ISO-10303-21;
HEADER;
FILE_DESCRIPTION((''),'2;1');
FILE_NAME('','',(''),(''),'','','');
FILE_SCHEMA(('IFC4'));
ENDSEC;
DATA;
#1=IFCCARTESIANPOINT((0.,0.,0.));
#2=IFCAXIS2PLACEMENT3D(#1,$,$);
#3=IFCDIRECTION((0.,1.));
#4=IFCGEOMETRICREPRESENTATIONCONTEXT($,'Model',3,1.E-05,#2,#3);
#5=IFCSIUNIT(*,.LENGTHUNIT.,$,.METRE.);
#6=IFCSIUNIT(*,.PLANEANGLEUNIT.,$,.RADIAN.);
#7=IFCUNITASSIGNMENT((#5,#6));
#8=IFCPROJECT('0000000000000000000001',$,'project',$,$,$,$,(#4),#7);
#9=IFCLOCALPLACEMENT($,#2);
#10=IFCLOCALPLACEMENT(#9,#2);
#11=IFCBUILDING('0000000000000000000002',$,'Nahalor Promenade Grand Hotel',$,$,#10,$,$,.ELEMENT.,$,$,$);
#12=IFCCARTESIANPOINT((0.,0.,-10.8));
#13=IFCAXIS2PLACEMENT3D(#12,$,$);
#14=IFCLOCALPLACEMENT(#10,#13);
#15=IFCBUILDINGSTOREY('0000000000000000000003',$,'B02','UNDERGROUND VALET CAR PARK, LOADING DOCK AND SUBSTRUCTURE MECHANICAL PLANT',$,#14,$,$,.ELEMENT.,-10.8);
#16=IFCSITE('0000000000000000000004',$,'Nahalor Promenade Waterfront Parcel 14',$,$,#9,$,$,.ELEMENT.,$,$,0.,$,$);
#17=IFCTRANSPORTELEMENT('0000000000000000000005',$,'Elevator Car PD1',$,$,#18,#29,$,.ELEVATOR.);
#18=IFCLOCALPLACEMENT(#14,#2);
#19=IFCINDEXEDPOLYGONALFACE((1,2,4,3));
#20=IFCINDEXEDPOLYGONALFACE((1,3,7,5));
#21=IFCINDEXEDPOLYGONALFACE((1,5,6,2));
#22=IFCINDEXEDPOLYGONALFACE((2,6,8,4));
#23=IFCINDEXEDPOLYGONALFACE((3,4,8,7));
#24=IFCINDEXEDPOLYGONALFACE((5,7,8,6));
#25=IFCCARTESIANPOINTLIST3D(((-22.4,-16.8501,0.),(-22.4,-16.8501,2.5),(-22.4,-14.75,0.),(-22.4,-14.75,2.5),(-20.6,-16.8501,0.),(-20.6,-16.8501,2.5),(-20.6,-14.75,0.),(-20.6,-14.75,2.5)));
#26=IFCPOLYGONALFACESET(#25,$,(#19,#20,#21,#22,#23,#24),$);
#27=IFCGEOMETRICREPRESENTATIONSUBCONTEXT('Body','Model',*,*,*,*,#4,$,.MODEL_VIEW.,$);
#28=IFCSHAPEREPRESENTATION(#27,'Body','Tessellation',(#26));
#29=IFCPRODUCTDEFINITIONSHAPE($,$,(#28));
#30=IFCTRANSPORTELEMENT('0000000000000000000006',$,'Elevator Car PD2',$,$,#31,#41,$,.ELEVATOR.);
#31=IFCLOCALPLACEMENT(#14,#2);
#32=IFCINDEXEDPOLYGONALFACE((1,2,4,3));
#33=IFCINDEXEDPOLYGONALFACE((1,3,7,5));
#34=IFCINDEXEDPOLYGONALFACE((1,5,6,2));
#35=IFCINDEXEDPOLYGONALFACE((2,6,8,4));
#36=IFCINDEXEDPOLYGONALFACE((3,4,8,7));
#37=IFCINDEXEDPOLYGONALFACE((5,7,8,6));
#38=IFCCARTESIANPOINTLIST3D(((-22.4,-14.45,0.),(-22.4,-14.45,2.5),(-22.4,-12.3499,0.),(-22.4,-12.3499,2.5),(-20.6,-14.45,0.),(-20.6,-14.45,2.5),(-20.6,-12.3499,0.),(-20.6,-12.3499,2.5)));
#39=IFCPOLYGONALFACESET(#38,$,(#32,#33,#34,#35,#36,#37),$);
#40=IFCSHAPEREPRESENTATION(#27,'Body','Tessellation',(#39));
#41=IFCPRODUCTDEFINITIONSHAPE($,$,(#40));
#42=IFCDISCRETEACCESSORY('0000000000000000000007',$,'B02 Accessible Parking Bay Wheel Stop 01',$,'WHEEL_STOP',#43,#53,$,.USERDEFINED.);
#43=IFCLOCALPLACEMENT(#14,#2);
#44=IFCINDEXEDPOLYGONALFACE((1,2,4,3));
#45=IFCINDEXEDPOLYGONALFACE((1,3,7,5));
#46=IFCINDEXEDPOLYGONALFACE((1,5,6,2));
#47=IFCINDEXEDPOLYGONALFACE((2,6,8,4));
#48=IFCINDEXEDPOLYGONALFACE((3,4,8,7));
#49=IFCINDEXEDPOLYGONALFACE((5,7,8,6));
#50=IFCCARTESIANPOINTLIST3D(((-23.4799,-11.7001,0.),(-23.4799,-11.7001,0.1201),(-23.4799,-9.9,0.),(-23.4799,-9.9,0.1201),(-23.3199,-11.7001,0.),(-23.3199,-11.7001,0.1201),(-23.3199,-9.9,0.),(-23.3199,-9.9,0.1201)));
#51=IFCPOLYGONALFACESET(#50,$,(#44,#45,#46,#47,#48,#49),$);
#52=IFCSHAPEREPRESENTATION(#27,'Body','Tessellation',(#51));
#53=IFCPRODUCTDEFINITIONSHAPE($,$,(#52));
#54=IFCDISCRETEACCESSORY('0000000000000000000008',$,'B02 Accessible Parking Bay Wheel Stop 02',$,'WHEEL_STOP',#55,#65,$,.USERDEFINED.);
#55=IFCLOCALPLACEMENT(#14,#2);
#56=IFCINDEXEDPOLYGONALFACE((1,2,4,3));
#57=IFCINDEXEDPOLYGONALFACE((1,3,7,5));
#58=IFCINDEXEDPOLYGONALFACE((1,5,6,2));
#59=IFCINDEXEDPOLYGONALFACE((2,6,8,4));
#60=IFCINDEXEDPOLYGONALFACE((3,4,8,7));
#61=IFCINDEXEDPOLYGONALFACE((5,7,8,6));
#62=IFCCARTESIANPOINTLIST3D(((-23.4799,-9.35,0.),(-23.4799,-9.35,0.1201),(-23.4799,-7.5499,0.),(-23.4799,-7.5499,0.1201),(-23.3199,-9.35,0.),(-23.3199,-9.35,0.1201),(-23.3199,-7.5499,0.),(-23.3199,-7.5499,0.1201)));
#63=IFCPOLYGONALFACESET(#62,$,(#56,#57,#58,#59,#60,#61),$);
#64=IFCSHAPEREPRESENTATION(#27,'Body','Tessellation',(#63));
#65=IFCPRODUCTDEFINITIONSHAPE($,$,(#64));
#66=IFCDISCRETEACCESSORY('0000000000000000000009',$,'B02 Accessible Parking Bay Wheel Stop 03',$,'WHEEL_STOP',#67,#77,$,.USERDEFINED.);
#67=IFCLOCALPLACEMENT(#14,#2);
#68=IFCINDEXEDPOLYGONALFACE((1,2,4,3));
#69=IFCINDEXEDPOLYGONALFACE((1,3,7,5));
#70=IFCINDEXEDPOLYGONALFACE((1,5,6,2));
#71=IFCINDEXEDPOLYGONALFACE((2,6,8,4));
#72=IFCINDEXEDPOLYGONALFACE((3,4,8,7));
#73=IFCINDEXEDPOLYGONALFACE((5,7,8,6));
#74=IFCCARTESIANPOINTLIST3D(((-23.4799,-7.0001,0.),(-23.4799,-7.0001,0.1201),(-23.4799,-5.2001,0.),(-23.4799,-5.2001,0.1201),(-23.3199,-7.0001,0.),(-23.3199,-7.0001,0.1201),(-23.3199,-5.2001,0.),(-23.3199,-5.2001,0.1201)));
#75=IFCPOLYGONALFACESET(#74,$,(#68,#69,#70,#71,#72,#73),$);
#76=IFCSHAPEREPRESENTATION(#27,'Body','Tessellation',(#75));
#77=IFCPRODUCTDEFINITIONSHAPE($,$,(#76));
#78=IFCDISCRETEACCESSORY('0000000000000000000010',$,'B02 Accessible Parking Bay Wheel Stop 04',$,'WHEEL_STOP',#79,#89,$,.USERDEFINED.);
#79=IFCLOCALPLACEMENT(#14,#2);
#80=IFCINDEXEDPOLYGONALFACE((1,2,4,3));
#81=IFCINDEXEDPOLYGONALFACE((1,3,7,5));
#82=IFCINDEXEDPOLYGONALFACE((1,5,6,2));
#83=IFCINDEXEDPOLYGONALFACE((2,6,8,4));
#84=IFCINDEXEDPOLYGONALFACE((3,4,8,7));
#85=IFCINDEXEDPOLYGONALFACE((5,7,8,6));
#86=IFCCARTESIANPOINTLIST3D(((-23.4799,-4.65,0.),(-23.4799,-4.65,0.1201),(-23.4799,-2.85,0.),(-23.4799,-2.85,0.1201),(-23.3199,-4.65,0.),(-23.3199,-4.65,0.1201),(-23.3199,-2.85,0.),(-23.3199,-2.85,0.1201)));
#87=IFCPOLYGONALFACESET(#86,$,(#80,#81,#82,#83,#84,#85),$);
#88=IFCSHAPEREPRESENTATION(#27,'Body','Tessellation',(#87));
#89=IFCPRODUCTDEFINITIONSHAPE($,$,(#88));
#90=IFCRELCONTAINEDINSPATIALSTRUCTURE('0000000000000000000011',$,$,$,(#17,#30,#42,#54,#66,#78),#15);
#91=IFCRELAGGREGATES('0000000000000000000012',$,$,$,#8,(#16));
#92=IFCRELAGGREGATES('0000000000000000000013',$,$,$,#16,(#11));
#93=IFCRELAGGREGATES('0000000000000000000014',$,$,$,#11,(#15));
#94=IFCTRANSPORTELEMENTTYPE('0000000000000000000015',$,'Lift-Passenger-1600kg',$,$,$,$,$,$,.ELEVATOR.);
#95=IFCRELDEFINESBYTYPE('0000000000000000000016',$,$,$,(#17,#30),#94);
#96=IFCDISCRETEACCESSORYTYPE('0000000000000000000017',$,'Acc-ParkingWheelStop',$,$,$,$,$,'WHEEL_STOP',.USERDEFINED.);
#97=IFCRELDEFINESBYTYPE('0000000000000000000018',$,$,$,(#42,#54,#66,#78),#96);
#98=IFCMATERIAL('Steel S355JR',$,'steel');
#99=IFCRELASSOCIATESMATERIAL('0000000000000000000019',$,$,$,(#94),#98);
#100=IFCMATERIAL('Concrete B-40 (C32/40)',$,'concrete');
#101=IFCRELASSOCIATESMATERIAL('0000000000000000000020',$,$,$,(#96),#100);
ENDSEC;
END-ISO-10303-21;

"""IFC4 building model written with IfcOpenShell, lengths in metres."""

from ifc_helpers import new_model, si_unit, direction, frame, origin, origin_2d, place, context, subcontext, project, spatial, rectangle, extrude, source, transform, mapped, material, type_object, element, save


model = new_model("IFC4")

# Units and contexts
model_context = context("Model", 3, precision=1e-05, world=origin(), true_north=direction((0.0, 1.0)))
body_context = subcontext(model_context, "Body", "Model", "MODEL_VIEW")
ifc_project = project(units=[si_unit("LENGTHUNIT", "METRE"), si_unit("PLANEANGLEUNIT", "RADIAN")], contexts=[model_context])

# Site, building, storey
site_placement = place(None, origin())
site = spatial("IfcSite", under=ifc_project, at=site_placement, Name="Nahalor Promenade Waterfront Parcel 14", CompositionType="ELEMENT", RefElevation=0.0)
building_placement = place(site_placement, origin())
building = spatial("IfcBuilding", under=site, at=building_placement, Name="Nahalor Promenade Grand Hotel", CompositionType="ELEMENT")
storey_placement = place(building_placement, frame((0.0, 0.0, -10.8)))
storey = spatial("IfcBuildingStorey", under=building, at=storey_placement, Name="B02", Description="UNDERGROUND VALET CAR PARK, LOADING DOCK AND SUBSTRUCTURE MECHANICAL PLANT", CompositionType="ELEMENT", Elevation=-10.8)

# Shared definitions
ifc_material_1 = material(Name="Steel S355JR", Category="steel")

# Transport elements
transport_element_type = type_object("IfcTransportElementType", Name="Lift-Passenger-1600kg", PredefinedType="ELEVATOR", material=ifc_material_1)
shared_shape_1 = source(origin(), body_context, "Body", "SweptSolid", [
    extrude(rectangle(XDim=1.8, YDim=2.1001, at=origin_2d()), origin(), (0.0, 0.0, 1.0), 2.5),
])
for number, where, z_axis, x_axis, name in (
    (1, (-21.5, -15.8, 0.0), (0.0, 0.0, 1.0), (1.0, 0.0, 0.0), "Elevator Car PD1"),
    (2, (-21.5, -13.3999, 0.0), (0.0, 0.0, 1.0), (1.0, 0.0, 0.0), "Elevator Car PD2"),
):
    element("IfcTransportElement", number, at=place(storey_placement, frame(where, z_axis=z_axis, x_axis=x_axis)), inside=storey, type_object=transport_element_type, Name=name, PredefinedType="ELEVATOR", context=body_context, shape_type="MappedRepresentation", body=[
        mapped(shared_shape_1, transform((0.0, 0.0, 0.0), scale=1.0)),
    ])

# Discrete accessories
ifc_material_2 = material(Name="Concrete B-40 (C32/40)", Category="concrete")
discrete_accessory_type = type_object("IfcDiscreteAccessoryType", Name="Acc-ParkingWheelStop", ElementType="WHEEL_STOP", PredefinedType="USERDEFINED", material=ifc_material_2)
shared_shape_2 = source(origin(), body_context, "Body", "SweptSolid", [
    extrude(rectangle(XDim=1.8, YDim=0.1599, at=origin_2d()), origin(), (0.0, 0.0, 1.0), 0.1201),
])
for number, where, z_axis, x_axis, name in (
    (3, (-23.3999, -10.8, 0.0), (0.0, 0.0, 1.0), (0.0, 1.0, 0.0), "B02 Accessible Parking Bay Wheel Stop 01"),
    (4, (-23.3999, -8.45, 0.0), (0.0, 0.0, 1.0), (0.0, 1.0, 0.0), "B02 Accessible Parking Bay Wheel Stop 02"),
    (5, (-23.3999, -6.1001, 0.0), (0.0, 0.0, 1.0), (0.0, 1.0, 0.0), "B02 Accessible Parking Bay Wheel Stop 03"),
    (6, (-23.3999, -3.75, 0.0), (0.0, 0.0, 1.0), (0.0, 1.0, 0.0), "B02 Accessible Parking Bay Wheel Stop 04"),
):
    element("IfcDiscreteAccessory", number, at=place(storey_placement, frame(where, z_axis=z_axis, x_axis=x_axis)), inside=storey, type_object=discrete_accessory_type, Name=name, ObjectType="WHEEL_STOP", PredefinedType="USERDEFINED", context=body_context, shape_type="MappedRepresentation", body=[
        mapped(shared_shape_2, transform((0.0, 0.0, 0.0), scale=1.0)),
    ])

save(model, "model.ifc")
